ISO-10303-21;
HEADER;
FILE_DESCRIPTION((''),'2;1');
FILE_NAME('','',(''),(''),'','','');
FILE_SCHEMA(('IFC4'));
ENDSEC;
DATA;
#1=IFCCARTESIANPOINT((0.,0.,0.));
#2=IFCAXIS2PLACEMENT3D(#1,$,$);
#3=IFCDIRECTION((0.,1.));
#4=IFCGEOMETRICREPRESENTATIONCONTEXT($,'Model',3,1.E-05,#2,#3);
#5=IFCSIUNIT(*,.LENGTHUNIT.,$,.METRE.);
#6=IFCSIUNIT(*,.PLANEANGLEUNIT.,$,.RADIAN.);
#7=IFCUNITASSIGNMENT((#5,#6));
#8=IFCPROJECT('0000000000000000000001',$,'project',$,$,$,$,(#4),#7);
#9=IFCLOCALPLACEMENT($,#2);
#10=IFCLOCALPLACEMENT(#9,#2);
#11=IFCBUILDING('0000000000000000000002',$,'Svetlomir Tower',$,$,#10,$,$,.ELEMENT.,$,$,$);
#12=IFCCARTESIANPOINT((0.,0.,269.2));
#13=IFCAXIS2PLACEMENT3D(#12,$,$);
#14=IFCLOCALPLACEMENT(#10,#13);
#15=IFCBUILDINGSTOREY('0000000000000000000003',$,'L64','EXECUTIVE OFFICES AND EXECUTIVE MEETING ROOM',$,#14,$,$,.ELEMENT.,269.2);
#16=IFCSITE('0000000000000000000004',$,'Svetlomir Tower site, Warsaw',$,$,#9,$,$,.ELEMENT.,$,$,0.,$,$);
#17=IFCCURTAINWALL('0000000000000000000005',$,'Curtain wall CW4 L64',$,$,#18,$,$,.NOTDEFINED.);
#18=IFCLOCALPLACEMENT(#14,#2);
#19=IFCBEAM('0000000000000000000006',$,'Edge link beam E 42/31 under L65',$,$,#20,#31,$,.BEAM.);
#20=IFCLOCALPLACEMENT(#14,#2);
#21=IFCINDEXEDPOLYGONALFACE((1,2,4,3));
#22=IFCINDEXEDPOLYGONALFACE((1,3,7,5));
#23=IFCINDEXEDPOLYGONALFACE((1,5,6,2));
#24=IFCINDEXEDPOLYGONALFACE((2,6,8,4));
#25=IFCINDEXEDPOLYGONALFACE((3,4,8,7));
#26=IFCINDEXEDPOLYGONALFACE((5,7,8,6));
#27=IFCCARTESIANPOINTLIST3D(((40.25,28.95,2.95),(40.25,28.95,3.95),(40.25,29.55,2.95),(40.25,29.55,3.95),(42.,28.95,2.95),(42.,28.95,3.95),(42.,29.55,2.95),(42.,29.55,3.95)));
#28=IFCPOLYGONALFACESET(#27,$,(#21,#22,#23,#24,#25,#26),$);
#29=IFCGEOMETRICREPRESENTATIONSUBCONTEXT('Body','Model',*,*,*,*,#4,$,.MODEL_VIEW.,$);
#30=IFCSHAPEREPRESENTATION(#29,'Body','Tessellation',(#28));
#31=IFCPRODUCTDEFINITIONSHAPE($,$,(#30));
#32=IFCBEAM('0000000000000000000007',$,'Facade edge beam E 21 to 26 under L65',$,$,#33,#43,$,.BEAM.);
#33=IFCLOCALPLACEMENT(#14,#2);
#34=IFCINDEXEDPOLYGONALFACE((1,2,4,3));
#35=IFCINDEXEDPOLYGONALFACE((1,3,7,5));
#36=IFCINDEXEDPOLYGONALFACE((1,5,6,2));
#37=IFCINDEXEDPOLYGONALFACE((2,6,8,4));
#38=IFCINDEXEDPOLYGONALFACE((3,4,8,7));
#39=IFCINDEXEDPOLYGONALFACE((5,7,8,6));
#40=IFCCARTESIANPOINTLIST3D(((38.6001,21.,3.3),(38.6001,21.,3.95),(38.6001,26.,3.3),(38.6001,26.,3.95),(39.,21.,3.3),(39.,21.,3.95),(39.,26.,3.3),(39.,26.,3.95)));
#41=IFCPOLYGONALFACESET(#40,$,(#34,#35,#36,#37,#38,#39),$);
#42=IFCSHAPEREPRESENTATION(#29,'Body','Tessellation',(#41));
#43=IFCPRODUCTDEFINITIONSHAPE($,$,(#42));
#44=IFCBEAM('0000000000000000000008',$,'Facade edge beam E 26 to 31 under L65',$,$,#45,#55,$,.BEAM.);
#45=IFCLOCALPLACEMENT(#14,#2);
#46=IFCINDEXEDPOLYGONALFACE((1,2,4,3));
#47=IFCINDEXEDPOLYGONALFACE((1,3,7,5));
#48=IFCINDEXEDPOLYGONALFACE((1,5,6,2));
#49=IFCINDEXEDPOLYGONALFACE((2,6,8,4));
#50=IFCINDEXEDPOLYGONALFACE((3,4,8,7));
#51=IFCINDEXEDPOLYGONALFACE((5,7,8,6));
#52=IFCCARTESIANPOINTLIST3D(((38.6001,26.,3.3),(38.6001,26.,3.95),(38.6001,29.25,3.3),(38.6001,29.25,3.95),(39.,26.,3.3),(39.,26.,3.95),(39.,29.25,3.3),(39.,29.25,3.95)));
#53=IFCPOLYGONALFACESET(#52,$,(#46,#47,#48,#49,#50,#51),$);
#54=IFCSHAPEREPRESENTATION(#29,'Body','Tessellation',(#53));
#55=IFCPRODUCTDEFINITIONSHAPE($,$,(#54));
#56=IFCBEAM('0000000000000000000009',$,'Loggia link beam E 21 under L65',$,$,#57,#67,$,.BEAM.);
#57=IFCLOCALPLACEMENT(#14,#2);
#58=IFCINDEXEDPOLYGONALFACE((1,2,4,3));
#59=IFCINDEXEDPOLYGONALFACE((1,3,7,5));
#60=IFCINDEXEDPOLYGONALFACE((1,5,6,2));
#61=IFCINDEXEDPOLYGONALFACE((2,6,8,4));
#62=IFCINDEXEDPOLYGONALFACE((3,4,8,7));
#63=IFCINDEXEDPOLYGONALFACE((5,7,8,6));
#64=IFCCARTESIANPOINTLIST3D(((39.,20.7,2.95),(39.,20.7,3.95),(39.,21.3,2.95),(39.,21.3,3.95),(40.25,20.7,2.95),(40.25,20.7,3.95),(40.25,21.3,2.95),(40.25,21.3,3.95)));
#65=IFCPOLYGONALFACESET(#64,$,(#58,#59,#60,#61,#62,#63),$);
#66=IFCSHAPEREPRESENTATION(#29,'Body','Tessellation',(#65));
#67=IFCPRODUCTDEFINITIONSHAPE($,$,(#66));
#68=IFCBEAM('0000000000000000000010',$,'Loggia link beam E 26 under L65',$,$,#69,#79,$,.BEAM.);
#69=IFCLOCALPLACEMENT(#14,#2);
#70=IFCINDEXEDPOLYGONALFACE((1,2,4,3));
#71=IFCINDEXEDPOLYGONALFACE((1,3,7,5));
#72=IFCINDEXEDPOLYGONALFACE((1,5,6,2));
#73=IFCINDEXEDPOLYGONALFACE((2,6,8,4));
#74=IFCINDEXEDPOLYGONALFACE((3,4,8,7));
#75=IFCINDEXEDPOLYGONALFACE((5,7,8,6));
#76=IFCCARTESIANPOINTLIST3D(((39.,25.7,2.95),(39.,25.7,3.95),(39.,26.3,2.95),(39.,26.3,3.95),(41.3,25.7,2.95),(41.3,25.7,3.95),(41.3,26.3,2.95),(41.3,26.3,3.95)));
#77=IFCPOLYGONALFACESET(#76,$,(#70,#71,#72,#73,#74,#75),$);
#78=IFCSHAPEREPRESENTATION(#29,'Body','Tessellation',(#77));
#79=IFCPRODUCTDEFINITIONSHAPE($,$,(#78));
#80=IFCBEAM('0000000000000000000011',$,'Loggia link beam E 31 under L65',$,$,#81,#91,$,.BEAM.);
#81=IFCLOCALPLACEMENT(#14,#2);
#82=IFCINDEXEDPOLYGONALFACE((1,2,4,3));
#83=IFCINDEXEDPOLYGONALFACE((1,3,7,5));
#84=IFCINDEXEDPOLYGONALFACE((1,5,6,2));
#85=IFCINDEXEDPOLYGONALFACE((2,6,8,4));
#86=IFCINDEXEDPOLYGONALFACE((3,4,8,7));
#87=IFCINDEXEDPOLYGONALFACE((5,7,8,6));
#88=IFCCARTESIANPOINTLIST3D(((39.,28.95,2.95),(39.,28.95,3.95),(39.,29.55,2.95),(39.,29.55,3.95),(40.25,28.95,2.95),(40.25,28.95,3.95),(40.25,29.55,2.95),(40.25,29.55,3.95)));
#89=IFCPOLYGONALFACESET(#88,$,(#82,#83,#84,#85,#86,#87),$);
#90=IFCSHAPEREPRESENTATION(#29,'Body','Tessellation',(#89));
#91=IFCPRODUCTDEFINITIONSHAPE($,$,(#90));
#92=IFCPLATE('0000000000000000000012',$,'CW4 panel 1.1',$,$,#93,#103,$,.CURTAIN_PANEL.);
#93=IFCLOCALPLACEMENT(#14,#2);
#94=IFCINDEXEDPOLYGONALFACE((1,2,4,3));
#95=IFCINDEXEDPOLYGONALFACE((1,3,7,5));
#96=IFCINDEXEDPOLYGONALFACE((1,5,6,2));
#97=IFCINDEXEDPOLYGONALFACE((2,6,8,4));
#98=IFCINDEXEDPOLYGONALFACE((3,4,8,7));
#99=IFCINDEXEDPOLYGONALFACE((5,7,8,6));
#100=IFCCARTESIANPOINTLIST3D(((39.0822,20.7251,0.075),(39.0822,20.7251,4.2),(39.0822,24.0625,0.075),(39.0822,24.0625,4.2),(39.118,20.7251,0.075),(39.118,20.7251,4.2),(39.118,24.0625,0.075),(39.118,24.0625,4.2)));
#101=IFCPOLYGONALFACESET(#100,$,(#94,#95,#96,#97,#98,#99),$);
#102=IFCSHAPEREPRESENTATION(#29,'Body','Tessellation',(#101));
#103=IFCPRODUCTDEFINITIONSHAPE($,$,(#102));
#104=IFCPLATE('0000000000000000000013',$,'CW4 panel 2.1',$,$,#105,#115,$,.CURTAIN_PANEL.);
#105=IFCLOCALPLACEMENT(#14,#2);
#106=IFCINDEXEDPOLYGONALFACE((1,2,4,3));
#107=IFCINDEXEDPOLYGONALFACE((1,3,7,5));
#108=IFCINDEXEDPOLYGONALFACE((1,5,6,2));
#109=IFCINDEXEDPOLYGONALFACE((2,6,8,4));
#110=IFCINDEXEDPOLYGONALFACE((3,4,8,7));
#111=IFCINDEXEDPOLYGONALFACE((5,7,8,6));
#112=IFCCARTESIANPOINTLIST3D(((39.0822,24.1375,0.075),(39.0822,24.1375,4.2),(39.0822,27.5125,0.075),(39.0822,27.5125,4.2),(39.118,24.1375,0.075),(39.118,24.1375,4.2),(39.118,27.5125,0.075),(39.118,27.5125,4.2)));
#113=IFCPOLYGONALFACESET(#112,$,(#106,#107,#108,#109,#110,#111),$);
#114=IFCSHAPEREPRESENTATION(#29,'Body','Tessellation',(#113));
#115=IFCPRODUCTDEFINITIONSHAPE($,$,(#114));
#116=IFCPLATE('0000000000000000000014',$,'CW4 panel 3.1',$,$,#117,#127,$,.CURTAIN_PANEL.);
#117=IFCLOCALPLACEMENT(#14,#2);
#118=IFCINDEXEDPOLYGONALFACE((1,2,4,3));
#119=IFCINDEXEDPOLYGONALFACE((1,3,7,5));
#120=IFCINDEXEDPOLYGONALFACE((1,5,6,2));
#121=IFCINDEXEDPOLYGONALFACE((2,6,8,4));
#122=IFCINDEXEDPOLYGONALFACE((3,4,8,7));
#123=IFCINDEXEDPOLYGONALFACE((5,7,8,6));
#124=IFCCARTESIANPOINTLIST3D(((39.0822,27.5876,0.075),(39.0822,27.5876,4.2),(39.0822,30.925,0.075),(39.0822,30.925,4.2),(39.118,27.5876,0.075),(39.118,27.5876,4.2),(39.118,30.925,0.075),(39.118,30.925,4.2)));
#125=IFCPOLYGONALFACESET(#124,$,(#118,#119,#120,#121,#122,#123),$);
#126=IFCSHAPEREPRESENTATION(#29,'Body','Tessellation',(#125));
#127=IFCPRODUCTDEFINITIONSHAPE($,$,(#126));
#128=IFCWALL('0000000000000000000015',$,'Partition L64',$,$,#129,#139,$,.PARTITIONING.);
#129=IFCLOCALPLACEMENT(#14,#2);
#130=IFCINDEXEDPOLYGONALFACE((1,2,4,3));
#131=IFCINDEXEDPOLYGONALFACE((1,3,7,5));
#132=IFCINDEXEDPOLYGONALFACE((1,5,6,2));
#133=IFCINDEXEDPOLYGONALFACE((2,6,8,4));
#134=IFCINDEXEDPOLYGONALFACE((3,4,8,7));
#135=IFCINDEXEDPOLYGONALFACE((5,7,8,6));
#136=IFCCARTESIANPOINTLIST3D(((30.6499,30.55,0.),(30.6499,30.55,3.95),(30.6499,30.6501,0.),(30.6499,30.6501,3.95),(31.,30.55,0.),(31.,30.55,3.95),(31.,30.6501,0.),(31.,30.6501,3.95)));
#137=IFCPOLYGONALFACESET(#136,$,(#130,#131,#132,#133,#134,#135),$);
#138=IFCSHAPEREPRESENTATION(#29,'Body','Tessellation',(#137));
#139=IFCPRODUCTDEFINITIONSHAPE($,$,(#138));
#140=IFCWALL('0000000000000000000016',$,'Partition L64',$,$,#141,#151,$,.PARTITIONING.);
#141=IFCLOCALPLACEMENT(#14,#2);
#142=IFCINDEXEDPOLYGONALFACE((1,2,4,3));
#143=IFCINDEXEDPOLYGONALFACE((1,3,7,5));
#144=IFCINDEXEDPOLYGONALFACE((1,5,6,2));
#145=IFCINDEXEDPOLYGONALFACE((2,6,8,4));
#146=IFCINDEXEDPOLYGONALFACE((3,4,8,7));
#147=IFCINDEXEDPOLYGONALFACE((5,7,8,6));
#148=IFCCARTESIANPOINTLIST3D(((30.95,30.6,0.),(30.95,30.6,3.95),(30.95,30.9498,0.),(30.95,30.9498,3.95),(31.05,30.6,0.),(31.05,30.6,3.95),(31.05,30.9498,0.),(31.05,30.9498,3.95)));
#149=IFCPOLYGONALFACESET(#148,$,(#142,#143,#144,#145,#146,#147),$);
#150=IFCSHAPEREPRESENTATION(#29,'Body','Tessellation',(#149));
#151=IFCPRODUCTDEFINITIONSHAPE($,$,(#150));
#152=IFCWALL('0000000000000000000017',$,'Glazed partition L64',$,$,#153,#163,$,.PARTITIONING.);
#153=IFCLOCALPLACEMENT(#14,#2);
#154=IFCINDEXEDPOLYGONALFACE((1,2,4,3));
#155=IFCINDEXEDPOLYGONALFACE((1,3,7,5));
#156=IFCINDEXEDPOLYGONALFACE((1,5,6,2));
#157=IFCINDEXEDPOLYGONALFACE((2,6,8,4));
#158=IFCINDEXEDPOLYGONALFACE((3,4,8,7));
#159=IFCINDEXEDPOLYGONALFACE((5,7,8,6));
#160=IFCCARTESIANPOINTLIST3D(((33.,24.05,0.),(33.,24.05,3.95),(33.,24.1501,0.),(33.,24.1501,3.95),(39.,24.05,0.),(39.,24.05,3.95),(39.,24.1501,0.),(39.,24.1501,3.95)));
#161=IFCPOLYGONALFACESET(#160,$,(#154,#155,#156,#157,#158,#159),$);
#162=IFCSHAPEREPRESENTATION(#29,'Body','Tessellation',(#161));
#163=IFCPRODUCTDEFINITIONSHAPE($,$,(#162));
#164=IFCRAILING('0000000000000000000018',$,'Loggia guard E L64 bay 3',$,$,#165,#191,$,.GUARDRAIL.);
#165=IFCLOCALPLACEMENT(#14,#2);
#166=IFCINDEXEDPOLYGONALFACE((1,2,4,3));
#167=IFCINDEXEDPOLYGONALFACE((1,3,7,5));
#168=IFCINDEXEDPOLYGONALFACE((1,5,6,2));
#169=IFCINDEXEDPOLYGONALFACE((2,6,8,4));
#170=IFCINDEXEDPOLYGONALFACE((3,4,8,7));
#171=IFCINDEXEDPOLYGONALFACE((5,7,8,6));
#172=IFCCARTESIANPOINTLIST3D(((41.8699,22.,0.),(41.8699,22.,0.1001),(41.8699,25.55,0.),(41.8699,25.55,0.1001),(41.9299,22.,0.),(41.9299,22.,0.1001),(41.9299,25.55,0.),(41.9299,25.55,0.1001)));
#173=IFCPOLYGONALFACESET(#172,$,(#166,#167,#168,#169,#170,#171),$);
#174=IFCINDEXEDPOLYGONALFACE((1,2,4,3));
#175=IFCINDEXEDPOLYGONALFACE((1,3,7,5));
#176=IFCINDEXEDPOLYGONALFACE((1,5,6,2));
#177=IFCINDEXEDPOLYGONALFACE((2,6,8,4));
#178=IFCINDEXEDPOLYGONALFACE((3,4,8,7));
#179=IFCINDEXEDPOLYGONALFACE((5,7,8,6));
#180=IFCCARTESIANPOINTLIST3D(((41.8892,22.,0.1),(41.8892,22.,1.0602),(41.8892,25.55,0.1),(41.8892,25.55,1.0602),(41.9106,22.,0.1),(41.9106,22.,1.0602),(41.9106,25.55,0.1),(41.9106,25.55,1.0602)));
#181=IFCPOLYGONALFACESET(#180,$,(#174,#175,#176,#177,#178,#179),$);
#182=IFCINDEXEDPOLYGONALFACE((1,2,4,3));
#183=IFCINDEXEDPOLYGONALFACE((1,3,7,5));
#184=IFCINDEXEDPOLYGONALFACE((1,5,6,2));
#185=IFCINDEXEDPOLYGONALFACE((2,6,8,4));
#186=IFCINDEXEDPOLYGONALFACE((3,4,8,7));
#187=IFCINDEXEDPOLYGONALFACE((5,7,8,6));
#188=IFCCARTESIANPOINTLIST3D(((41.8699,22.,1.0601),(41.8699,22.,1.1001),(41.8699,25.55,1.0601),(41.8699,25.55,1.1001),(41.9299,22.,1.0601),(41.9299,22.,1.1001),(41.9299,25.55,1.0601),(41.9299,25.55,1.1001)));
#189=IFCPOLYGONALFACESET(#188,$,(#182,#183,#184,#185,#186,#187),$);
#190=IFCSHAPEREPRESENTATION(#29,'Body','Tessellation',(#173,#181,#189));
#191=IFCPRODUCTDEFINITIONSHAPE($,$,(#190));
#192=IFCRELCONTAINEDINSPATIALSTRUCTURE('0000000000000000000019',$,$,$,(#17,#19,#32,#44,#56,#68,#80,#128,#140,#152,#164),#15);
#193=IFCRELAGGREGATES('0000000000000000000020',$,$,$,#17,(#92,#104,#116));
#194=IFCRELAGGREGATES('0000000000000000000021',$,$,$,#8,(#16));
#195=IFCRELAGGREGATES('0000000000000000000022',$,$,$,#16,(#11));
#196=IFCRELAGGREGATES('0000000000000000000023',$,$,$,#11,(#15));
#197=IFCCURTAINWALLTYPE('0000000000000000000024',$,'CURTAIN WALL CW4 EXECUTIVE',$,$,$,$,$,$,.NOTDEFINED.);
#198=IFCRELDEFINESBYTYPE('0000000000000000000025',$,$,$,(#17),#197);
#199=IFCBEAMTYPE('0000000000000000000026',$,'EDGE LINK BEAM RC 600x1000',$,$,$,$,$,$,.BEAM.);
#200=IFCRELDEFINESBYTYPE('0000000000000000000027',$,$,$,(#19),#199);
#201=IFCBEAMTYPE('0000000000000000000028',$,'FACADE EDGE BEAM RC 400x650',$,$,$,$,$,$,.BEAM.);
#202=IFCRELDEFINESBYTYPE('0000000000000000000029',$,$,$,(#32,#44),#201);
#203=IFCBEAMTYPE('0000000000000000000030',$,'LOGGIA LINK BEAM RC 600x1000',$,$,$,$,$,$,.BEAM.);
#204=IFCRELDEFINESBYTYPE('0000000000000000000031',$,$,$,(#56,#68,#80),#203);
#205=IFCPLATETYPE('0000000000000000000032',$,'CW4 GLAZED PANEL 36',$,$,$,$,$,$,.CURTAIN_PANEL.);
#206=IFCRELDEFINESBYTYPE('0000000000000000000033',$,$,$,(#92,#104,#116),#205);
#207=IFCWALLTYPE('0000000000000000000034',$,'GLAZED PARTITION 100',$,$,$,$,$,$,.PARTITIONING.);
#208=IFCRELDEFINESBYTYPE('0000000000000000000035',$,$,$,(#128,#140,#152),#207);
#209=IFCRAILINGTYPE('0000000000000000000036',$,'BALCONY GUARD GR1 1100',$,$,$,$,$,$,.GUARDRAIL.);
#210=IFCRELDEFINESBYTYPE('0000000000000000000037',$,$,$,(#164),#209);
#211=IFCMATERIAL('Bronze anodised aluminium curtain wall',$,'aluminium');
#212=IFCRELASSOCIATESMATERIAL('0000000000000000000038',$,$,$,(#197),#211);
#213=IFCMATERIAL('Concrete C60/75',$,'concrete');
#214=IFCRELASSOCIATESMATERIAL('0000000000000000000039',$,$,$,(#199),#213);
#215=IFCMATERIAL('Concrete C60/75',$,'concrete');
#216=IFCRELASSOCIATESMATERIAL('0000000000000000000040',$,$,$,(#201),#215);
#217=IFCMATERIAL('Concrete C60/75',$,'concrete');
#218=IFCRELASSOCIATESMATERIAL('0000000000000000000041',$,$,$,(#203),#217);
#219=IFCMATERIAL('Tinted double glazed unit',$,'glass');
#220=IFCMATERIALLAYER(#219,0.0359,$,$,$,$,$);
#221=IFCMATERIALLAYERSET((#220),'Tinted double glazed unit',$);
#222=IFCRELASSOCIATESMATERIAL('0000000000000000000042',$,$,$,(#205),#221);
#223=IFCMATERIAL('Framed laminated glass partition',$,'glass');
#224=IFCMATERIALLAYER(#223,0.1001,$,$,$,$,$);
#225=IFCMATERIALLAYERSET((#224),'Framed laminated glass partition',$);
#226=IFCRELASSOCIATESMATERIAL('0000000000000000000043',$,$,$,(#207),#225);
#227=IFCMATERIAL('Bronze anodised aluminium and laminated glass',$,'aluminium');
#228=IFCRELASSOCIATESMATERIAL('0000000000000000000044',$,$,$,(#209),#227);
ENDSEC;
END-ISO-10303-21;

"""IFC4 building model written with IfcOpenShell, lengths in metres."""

from ifc_helpers import new_model, si_unit, direction, frame, frame_2d, origin, origin_2d, place, context, subcontext, project, spatial, rectangle, extrude, material, layer, layer_set, material_profile, profile_set, type_object, element, aggregate, save


model = new_model("IFC4")

# Units and contexts
model_context = context("Model", 3, precision=1e-05, world=origin(), true_north=direction((0.0, 1.0)))
body_context = subcontext(model_context, "Body", "Model", "MODEL_VIEW")
ifc_project = project(units=[si_unit("LENGTHUNIT", "METRE"), si_unit("PLANEANGLEUNIT", "RADIAN")], contexts=[model_context])

# Site, building, storey
site_placement = place(None, origin())
site = spatial("IfcSite", under=ifc_project, at=site_placement, Name="Svetlomir Tower site, Warsaw", CompositionType="ELEMENT", RefElevation=0.0)
building_placement = place(site_placement, origin())
building = spatial("IfcBuilding", under=site, at=building_placement, Name="Svetlomir Tower", CompositionType="ELEMENT")
storey_placement = place(building_placement, frame((0.0, 0.0, 269.2)))
storey = spatial("IfcBuildingStorey", under=building, at=storey_placement, Name="L64", Description="EXECUTIVE OFFICES AND EXECUTIVE MEETING ROOM", CompositionType="ELEMENT", Elevation=269.2)

# Curtain wall
ifc_material_1 = material(Name="Bronze anodised aluminium curtain wall", Category="aluminium")
curtain_wall_type = type_object("IfcCurtainWallType", Name="CURTAIN WALL CW4 EXECUTIVE", PredefinedType="NOTDEFINED", material=ifc_material_1)
curtain_wall_placement = place(storey_placement, origin())
curtain_wall = element("IfcCurtainWall", 1, at=curtain_wall_placement, inside=storey, type_object=curtain_wall_type, Name="Curtain wall CW4 L64", PredefinedType="NOTDEFINED")

# Beams
ifc_material_2 = material(Name="Concrete C60/75", Category="concrete")
ifc_material_profile_1 = material_profile(ifc_material_2, rectangle(XDim=0.6001, YDim=1.0, at=origin_2d()), Name="RC 600x1000")
ifc_profile_set_1 = profile_set([ifc_material_profile_1], Name="Concrete C60/75")
beam_type_1 = type_object("IfcBeamType", Name="EDGE LINK BEAM RC 600x1000", PredefinedType="BEAM", material=ifc_profile_set_1)
beam_1_placement = place(storey_placement, frame((40.25, 29.25, 3.45), z_axis=(1.0, 0.0, 0.0), x_axis=(0.0, 1.0, 0.0)))
element("IfcBeam", 2, at=beam_1_placement, inside=storey, type_object=beam_type_1, Name="Edge link beam E 42/31 under L65", PredefinedType="BEAM", context=body_context, shape_type="SweptSolid", body=[
    extrude(rectangle(XDim=0.6001, YDim=1.0, at=origin_2d()), origin(), (0.0, 0.0, 1.0), 1.75),
])
ifc_material_3 = material(Name="Concrete C60/75", Category="concrete")
ifc_material_profile_2 = material_profile(ifc_material_3, rectangle(XDim=0.3999, YDim=0.6499, at=origin_2d()), Name="RC 400x650")
ifc_profile_set_2 = profile_set([ifc_material_profile_2], Name="Concrete C60/75")
beam_type_2 = type_object("IfcBeamType", Name="FACADE EDGE BEAM RC 400x650", PredefinedType="BEAM", material=ifc_profile_set_2)
beam_2_placement = place(storey_placement, frame((38.8, 21.0, 3.625), z_axis=(0.0, 1.0, 0.0), x_axis=(-1.0, 0.0, 0.0)))
element("IfcBeam", 3, at=beam_2_placement, inside=storey, type_object=beam_type_2, Name="Facade edge beam E 21 to 26 under L65", PredefinedType="BEAM", context=body_context, shape_type="SweptSolid", body=[
    extrude(rectangle(XDim=0.3999, YDim=0.6499, at=origin_2d()), origin(), (0.0, 0.0, 1.0), 5.0),
])
beam_3_placement = place(storey_placement, frame((38.8, 26.0, 3.625), z_axis=(0.0, 1.0, 0.0), x_axis=(-1.0, 0.0, 0.0)))
element("IfcBeam", 4, at=beam_3_placement, inside=storey, type_object=beam_type_2, Name="Facade edge beam E 26 to 31 under L65", PredefinedType="BEAM", context=body_context, shape_type="SweptSolid", body=[
    extrude(rectangle(XDim=0.3999, YDim=0.6499, at=origin_2d()), origin(), (0.0, 0.0, 1.0), 3.25),
])
ifc_material_4 = material(Name="Concrete C60/75", Category="concrete")
ifc_material_profile_3 = material_profile(ifc_material_4, rectangle(XDim=0.6001, YDim=1.0, at=origin_2d()), Name="RC 600x1000")
ifc_profile_set_3 = profile_set([ifc_material_profile_3], Name="Concrete C60/75")
beam_type_3 = type_object("IfcBeamType", Name="LOGGIA LINK BEAM RC 600x1000", PredefinedType="BEAM", material=ifc_profile_set_3)
beam_4_placement = place(storey_placement, frame((40.25, 21.0, 3.45), z_axis=(-1.0, 0.0, 0.0), x_axis=(0.0, -1.0, 0.0)))
element("IfcBeam", 5, at=beam_4_placement, inside=storey, type_object=beam_type_3, Name="Loggia link beam E 21 under L65", PredefinedType="BEAM", context=body_context, shape_type="SweptSolid", body=[
    extrude(rectangle(XDim=0.6001, YDim=1.0, at=origin_2d()), origin(), (0.0, 0.0, 1.0), 1.25),
])
beam_5_placement = place(storey_placement, frame((41.3, 26.0, 3.45), z_axis=(-1.0, 0.0, 0.0), x_axis=(0.0, -1.0, 0.0)))
element("IfcBeam", 6, at=beam_5_placement, inside=storey, type_object=beam_type_3, Name="Loggia link beam E 26 under L65", PredefinedType="BEAM", context=body_context, shape_type="SweptSolid", body=[
    extrude(rectangle(XDim=0.6001, YDim=1.0, at=origin_2d()), origin(), (0.0, 0.0, 1.0), 2.3),
])
beam_6_placement = place(storey_placement, frame((40.25, 29.25, 3.45), z_axis=(-1.0, 0.0, 0.0), x_axis=(0.0, -1.0, 0.0)))
element("IfcBeam", 7, at=beam_6_placement, inside=storey, type_object=beam_type_3, Name="Loggia link beam E 31 under L65", PredefinedType="BEAM", context=body_context, shape_type="SweptSolid", body=[
    extrude(rectangle(XDim=0.6001, YDim=1.0, at=origin_2d()), origin(), (0.0, 0.0, 1.0), 1.25),
])

# Plates
ifc_material_5 = material(Name="Tinted double glazed unit", Category="glass")
ifc_layer_1 = layer(ifc_material_5, 0.0359)
ifc_layer_set_1 = layer_set([ifc_layer_1], Name="Tinted double glazed unit")
plate_type = type_object("IfcPlateType", Name="CW4 GLAZED PANEL 36", PredefinedType="CURTAIN_PANEL", material=ifc_layer_set_1)
plate_1_placement = place(storey_placement, frame((39.1001, 22.3938, 0.075), z_axis=(0.0, 0.0, 1.0), x_axis=(0.0, 1.0, 0.0)))
plate_1 = element("IfcPlate", 8, at=plate_1_placement, type_object=plate_type, Name="CW4 panel 1.1", PredefinedType="CURTAIN_PANEL", context=body_context, shape_type="SweptSolid", body=[
    extrude(rectangle(XDim=3.3374, YDim=0.0359, at=origin_2d()), origin(), (0.0, 0.0, 1.0), 4.125),
])
plate_2_placement = place(storey_placement, frame((39.1001, 25.825, 0.075), z_axis=(0.0, 0.0, 1.0), x_axis=(0.0, 1.0, 0.0)))
plate_2 = element("IfcPlate", 9, at=plate_2_placement, type_object=plate_type, Name="CW4 panel 2.1", PredefinedType="CURTAIN_PANEL", context=body_context, shape_type="SweptSolid", body=[
    extrude(rectangle(XDim=3.375, YDim=0.0359, at=origin_2d()), origin(), (0.0, 0.0, 1.0), 4.125),
])
plate_3_placement = place(storey_placement, frame((39.1001, 29.2563, 0.075), z_axis=(0.0, 0.0, 1.0), x_axis=(0.0, 1.0, 0.0)))
plate_3 = element("IfcPlate", 10, at=plate_3_placement, type_object=plate_type, Name="CW4 panel 3.1", PredefinedType="CURTAIN_PANEL", context=body_context, shape_type="SweptSolid", body=[
    extrude(rectangle(XDim=3.3374, YDim=0.0359, at=origin_2d()), origin(), (0.0, 0.0, 1.0), 4.125),
])
aggregate(curtain_wall, [plate_1, plate_2, plate_3])

# Walls
ifc_material_6 = material(Name="Framed laminated glass partition", Category="glass")
ifc_layer_2 = layer(ifc_material_6, 0.1001)
ifc_layer_set_2 = layer_set([ifc_layer_2], Name="Framed laminated glass partition")
wall_type = type_object("IfcWallType", Name="GLAZED PARTITION 100", PredefinedType="PARTITIONING", material=ifc_layer_set_2)
wall_1_placement = place(storey_placement, frame((30.6499, 30.6001, 0.0), z_axis=(0.0, 0.0, 1.0), x_axis=(1.0, 0.0, 0.0)))
element("IfcWall", 11, at=wall_1_placement, inside=storey, type_object=wall_type, Name="Partition L64", PredefinedType="PARTITIONING", context=body_context, shape_type="SweptSolid", body=[
    extrude(rectangle(XDim=0.3501, YDim=0.1001, at=frame_2d((0.175, 0.0))), origin(), (0.0, 0.0, 1.0), 3.95),
])
wall_2_placement = place(storey_placement, frame((31.0, 30.6001, 0.0), z_axis=(0.0, 0.0, 1.0), x_axis=(0.0, 1.0, 0.0)))
element("IfcWall", 12, at=wall_2_placement, inside=storey, type_object=wall_type, Name="Partition L64", PredefinedType="PARTITIONING", context=body_context, shape_type="SweptSolid", body=[
    extrude(rectangle(XDim=0.3499, YDim=0.1001, at=frame_2d((0.1748, 0.0))), origin(), (0.0, 0.0, 1.0), 3.95),
])
wall_3_placement = place(storey_placement, frame((33.0, 24.1001, 0.0), z_axis=(0.0, 0.0, 1.0), x_axis=(1.0, 0.0, 0.0)))
element("IfcWall", 13, at=wall_3_placement, inside=storey, type_object=wall_type, Name="Glazed partition L64", PredefinedType="PARTITIONING", context=body_context, shape_type="SweptSolid", body=[
    extrude(rectangle(XDim=6.0, YDim=0.1001, at=frame_2d((3.0, 0.0))), origin(), (0.0, 0.0, 1.0), 3.95),
])

# Railing
ifc_material_7 = material(Name="Bronze anodised aluminium and laminated glass", Category="aluminium")
railing_type = type_object("IfcRailingType", Name="BALCONY GUARD GR1 1100", PredefinedType="GUARDRAIL", material=ifc_material_7)
for number, where, name in (
    (14, (41.8999, 22.0, 0.0), "Loggia guard E L64 bay 3"),
):
    element("IfcRailing", number, at=place(storey_placement, frame(where)), inside=storey, type_object=railing_type, Name=name, PredefinedType="GUARDRAIL", context=body_context, shape_type="SweptSolid", body=[
        extrude(rectangle(XDim=0.0601, YDim=0.1001, at=origin_2d()), frame((0.0, 0.0, 0.05), z_axis=(0.0, 1.0, 0.0), x_axis=(-1.0, 0.0, 0.0)), (0.0, 0.0, 1.0), 3.55),
        extrude(rectangle(XDim=0.0215, YDim=0.9602, at=origin_2d()), frame((0.0, 0.0, 0.5801), z_axis=(0.0, 1.0, 0.0), x_axis=(-1.0, 0.0, 0.0)), (0.0, 0.0, 1.0), 3.55),
        extrude(rectangle(XDim=0.0601, YDim=0.04, at=origin_2d()), frame((0.0, 0.0, 1.0801), z_axis=(0.0, 1.0, 0.0), x_axis=(-1.0, 0.0, 0.0)), (0.0, 0.0, 1.0), 3.55),
    ])

save(model, "model.ifc")
